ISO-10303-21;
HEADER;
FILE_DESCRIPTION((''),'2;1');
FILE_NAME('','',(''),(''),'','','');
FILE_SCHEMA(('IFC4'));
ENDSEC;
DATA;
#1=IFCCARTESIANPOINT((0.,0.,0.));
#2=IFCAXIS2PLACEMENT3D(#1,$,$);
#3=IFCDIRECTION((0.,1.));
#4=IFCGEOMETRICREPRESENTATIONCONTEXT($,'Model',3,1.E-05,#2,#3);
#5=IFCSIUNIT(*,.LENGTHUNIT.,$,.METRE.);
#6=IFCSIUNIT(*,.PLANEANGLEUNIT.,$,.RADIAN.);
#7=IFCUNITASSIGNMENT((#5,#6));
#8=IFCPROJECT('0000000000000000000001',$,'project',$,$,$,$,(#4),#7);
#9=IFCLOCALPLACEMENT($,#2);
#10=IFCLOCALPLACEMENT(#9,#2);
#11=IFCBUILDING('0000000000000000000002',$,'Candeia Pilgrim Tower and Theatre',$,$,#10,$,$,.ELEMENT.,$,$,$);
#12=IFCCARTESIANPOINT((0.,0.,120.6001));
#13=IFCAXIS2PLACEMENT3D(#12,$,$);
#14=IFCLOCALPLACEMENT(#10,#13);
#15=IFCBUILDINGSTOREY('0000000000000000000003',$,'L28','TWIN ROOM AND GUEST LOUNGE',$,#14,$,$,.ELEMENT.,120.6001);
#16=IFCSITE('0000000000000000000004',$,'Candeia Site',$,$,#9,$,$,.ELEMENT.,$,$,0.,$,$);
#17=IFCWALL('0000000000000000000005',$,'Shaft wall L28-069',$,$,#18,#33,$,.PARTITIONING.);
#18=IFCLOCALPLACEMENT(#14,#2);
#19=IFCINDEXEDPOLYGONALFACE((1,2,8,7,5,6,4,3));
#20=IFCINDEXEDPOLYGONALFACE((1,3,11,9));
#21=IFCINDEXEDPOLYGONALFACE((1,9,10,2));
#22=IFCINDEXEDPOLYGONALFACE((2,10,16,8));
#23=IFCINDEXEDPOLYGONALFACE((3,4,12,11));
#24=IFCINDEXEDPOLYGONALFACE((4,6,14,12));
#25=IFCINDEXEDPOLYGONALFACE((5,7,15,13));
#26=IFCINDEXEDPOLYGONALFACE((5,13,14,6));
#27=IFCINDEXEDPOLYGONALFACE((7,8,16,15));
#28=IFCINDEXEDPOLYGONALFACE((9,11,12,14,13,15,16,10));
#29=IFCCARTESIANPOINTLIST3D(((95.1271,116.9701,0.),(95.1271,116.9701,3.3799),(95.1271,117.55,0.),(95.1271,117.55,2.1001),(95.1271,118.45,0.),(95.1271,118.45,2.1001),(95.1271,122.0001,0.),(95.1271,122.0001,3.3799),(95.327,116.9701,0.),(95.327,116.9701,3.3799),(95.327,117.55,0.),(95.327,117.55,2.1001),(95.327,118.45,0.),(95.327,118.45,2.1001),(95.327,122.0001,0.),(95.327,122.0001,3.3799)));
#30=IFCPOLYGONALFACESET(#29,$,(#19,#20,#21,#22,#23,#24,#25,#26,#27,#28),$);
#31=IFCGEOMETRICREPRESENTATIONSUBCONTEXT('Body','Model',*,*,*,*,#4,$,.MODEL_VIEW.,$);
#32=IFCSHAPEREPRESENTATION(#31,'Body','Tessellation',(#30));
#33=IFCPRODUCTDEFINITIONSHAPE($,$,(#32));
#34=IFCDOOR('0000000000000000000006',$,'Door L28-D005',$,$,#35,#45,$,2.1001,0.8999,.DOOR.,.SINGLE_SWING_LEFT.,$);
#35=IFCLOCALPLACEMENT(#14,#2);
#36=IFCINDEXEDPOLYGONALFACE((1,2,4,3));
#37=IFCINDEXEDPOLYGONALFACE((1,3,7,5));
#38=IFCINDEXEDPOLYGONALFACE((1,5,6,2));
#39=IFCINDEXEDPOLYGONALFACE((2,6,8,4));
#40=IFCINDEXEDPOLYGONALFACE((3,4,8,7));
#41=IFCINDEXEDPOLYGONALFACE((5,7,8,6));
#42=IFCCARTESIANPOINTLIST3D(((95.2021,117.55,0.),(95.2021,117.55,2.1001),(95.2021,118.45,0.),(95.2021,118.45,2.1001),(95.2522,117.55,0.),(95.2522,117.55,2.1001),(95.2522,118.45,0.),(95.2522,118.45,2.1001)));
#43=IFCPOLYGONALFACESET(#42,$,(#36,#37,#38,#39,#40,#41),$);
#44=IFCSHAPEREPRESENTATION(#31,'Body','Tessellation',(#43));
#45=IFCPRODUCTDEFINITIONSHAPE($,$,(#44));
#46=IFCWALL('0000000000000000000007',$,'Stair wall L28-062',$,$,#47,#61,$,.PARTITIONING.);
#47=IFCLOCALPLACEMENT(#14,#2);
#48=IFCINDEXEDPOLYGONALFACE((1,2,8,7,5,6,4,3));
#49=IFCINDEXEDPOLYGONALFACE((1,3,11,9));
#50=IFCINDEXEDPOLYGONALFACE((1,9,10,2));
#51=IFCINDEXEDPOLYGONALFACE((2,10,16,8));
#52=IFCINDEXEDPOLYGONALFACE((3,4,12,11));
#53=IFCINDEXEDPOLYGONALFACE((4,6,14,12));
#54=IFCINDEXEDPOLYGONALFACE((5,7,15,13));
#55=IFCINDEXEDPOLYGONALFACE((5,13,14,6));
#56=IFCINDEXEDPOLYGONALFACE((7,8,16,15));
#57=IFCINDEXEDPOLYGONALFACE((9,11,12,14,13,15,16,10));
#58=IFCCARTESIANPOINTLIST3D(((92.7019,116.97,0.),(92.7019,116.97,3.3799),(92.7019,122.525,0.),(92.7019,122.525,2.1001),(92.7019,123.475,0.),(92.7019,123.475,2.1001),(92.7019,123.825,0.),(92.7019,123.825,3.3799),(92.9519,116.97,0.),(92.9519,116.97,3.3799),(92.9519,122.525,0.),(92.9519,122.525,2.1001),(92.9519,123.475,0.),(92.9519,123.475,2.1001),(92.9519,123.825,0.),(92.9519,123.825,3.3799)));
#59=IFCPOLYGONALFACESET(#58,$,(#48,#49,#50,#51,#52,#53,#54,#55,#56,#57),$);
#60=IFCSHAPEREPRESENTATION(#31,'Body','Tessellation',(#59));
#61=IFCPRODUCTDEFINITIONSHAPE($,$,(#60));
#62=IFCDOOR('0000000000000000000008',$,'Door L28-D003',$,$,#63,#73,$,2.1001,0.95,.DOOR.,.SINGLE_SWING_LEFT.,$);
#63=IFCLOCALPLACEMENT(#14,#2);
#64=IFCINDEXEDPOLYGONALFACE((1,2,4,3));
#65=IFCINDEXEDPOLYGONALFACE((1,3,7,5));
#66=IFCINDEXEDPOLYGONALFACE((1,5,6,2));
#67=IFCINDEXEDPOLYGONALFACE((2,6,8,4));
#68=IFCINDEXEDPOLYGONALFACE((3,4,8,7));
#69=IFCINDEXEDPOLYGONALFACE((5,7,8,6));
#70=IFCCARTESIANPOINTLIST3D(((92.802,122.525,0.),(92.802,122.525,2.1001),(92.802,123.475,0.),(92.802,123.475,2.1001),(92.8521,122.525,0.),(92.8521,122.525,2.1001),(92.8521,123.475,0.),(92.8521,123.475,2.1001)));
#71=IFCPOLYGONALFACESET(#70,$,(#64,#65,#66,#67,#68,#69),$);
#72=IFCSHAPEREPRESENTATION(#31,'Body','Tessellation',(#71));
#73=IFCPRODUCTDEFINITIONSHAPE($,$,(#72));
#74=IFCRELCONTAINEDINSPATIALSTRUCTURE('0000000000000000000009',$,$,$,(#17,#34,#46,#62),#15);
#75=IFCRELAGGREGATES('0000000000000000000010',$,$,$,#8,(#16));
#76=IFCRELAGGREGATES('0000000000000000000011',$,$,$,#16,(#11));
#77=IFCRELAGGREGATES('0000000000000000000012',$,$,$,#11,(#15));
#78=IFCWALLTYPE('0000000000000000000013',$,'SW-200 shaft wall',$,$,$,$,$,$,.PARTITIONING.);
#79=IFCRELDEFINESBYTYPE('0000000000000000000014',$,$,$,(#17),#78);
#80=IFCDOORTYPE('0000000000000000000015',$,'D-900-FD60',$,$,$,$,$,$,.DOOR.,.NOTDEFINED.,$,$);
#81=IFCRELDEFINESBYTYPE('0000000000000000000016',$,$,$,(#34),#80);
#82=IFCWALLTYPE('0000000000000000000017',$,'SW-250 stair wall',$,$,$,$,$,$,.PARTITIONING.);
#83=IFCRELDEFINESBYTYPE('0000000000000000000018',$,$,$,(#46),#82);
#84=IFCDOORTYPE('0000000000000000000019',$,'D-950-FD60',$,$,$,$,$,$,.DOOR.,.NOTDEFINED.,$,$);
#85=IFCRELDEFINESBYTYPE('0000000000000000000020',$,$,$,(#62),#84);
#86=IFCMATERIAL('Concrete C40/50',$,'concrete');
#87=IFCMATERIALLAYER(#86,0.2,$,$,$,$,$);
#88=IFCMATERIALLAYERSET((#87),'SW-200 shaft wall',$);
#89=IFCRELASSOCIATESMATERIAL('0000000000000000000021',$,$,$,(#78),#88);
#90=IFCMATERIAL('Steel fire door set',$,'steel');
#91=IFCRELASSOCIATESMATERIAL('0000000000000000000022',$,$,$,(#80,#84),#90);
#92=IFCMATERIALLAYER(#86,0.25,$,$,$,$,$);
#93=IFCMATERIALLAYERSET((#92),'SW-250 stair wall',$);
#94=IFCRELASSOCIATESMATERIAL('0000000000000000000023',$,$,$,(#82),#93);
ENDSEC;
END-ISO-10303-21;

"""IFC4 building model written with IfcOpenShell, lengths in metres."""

from ifc_helpers import new_model, si_unit, direction, frame, frame_2d, origin, place, context, subcontext, project, spatial, rectangle, extrude, material, layer, layer_set, type_object, element, fill, save


model = new_model("IFC4")

# Units and contexts
model_context = context("Model", 3, precision=1e-05, world=origin(), true_north=direction((0.0, 1.0)))
body_context = subcontext(model_context, "Body", "Model", "MODEL_VIEW")
ifc_project = project(units=[si_unit("LENGTHUNIT", "METRE"), si_unit("PLANEANGLEUNIT", "RADIAN")], contexts=[model_context])

# Site, building, storey
site_placement = place(None, origin())
site = spatial("IfcSite", under=ifc_project, at=site_placement, Name="Candeia Site", CompositionType="ELEMENT", RefElevation=0.0)
building_placement = place(site_placement, origin())
building = spatial("IfcBuilding", under=site, at=building_placement, Name="Candeia Pilgrim Tower and Theatre", CompositionType="ELEMENT")
storey_placement = place(building_placement, frame((0.0, 0.0, 120.6001)))
storey = spatial("IfcBuildingStorey", under=building, at=storey_placement, Name="L28", Description="TWIN ROOM AND GUEST LOUNGE", CompositionType="ELEMENT", Elevation=120.6001)

# Shared definitions
ifc_material_1 = material(Name="Concrete C40/50", Category="concrete")
ifc_layer_1 = layer(ifc_material_1, 0.2)
ifc_layer_set_1 = layer_set([ifc_layer_1], Name="SW-200 shaft wall")
wall_type_1 = type_object("IfcWallType", Name="SW-200 shaft wall", PredefinedType="PARTITIONING", material=ifc_layer_set_1)

# Walls, openings, doors
ifc_material_2 = material(Name="Steel fire door set", Category="steel")
door_type_1 = type_object("IfcDoorType", Name="D-900-FD60", OperationType="NOTDEFINED", PredefinedType="DOOR", material=ifc_material_2)
wall_1_placement = place(storey_placement, frame((95.2271, 116.97, 0.0), z_axis=(0.0, 0.0, 1.0), x_axis=(0.0, 1.0, 0.0)))
wall_1 = element("IfcWall", 1, at=wall_1_placement, inside=storey, type_object=wall_type_1, Name="Shaft wall L28-069", PredefinedType="PARTITIONING", context=body_context, shape_type="SweptSolid", body=[
    extrude(rectangle(XDim=5.03, YDim=0.2, at=frame_2d((2.5151, 0.0))), origin(), (0.0, 0.0, 1.0), 3.3799),
])
opening_1_placement = place(wall_1_placement, frame((0.5801, 0.0, 0.0)))
opening_1 = element("IfcOpeningElement", 2, at=opening_1_placement, cuts=wall_1, PredefinedType="OPENING", context=body_context, shape_type="SweptSolid", body=[
    extrude(rectangle(XDim=0.8999, YDim=2.1001, at=frame_2d((0.45, 1.05))), frame((0.0, 0.1099, 0.0), z_axis=(0.0, -1.0, 0.0), x_axis=(1.0, 0.0, 0.0)), (0.0, 0.0, 1.0), 0.22),
])
door_1_placement = place(opening_1_placement, origin())
door_1 = element("IfcDoor", 3, at=door_1_placement, inside=storey, type_object=door_type_1, Name="Door L28-D005", OperationType="SINGLE_SWING_LEFT", OverallHeight=2.1001, OverallWidth=0.8999, PredefinedType="DOOR", context=body_context, shape_type="SweptSolid", body=[
    extrude(rectangle(XDim=0.8999, YDim=2.1001, at=frame_2d((0.45, 1.05))), frame((0.0, 0.0249, 0.0), z_axis=(0.0, -1.0, 0.0), x_axis=(1.0, 0.0, 0.0)), (0.0, 0.0, 1.0), 0.05),
])
fill(opening_1, door_1)
ifc_layer_2 = layer(ifc_material_1, 0.25)
ifc_layer_set_2 = layer_set([ifc_layer_2], Name="SW-250 stair wall")
wall_type_2 = type_object("IfcWallType", Name="SW-250 stair wall", PredefinedType="PARTITIONING", material=ifc_layer_set_2)
wall_2_placement = place(storey_placement, frame((92.8269, 116.97, 0.0), z_axis=(0.0, 0.0, 1.0), x_axis=(0.0, 1.0, 0.0)))
wall_2 = element("IfcWall", 4, at=wall_2_placement, inside=storey, type_object=wall_type_2, Name="Stair wall L28-062", PredefinedType="PARTITIONING", context=body_context, shape_type="SweptSolid", body=[
    extrude(rectangle(XDim=6.855, YDim=0.25, at=frame_2d((3.4275, 0.0))), origin(), (0.0, 0.0, 1.0), 3.3799),
])
opening_2_placement = place(wall_2_placement, frame((5.5549, 0.0, 0.0)))
opening_2 = element("IfcOpeningElement", 5, at=opening_2_placement, cuts=wall_2, PredefinedType="OPENING", context=body_context, shape_type="SweptSolid", body=[
    extrude(rectangle(XDim=0.95, YDim=2.1001, at=frame_2d((0.4751, 1.05))), frame((0.0, 0.135, 0.0), z_axis=(0.0, -1.0, 0.0), x_axis=(1.0, 0.0, 0.0)), (0.0, 0.0, 1.0), 0.27),
])
door_type_2 = type_object("IfcDoorType", Name="D-950-FD60", OperationType="NOTDEFINED", PredefinedType="DOOR", material=ifc_material_2)
door_2_placement = place(opening_2_placement, origin())
door_2 = element("IfcDoor", 6, at=door_2_placement, inside=storey, type_object=door_type_2, Name="Door L28-D003", OperationType="SINGLE_SWING_LEFT", OverallHeight=2.1001, OverallWidth=0.95, PredefinedType="DOOR", context=body_context, shape_type="SweptSolid", body=[
    extrude(rectangle(XDim=0.95, YDim=2.1001, at=frame_2d((0.4751, 1.05))), frame((0.0, 0.0249, 0.0), z_axis=(0.0, -1.0, 0.0), x_axis=(1.0, 0.0, 0.0)), (0.0, 0.0, 1.0), 0.05),
])
fill(opening_2, door_2)

save(model, "model.ifc")
